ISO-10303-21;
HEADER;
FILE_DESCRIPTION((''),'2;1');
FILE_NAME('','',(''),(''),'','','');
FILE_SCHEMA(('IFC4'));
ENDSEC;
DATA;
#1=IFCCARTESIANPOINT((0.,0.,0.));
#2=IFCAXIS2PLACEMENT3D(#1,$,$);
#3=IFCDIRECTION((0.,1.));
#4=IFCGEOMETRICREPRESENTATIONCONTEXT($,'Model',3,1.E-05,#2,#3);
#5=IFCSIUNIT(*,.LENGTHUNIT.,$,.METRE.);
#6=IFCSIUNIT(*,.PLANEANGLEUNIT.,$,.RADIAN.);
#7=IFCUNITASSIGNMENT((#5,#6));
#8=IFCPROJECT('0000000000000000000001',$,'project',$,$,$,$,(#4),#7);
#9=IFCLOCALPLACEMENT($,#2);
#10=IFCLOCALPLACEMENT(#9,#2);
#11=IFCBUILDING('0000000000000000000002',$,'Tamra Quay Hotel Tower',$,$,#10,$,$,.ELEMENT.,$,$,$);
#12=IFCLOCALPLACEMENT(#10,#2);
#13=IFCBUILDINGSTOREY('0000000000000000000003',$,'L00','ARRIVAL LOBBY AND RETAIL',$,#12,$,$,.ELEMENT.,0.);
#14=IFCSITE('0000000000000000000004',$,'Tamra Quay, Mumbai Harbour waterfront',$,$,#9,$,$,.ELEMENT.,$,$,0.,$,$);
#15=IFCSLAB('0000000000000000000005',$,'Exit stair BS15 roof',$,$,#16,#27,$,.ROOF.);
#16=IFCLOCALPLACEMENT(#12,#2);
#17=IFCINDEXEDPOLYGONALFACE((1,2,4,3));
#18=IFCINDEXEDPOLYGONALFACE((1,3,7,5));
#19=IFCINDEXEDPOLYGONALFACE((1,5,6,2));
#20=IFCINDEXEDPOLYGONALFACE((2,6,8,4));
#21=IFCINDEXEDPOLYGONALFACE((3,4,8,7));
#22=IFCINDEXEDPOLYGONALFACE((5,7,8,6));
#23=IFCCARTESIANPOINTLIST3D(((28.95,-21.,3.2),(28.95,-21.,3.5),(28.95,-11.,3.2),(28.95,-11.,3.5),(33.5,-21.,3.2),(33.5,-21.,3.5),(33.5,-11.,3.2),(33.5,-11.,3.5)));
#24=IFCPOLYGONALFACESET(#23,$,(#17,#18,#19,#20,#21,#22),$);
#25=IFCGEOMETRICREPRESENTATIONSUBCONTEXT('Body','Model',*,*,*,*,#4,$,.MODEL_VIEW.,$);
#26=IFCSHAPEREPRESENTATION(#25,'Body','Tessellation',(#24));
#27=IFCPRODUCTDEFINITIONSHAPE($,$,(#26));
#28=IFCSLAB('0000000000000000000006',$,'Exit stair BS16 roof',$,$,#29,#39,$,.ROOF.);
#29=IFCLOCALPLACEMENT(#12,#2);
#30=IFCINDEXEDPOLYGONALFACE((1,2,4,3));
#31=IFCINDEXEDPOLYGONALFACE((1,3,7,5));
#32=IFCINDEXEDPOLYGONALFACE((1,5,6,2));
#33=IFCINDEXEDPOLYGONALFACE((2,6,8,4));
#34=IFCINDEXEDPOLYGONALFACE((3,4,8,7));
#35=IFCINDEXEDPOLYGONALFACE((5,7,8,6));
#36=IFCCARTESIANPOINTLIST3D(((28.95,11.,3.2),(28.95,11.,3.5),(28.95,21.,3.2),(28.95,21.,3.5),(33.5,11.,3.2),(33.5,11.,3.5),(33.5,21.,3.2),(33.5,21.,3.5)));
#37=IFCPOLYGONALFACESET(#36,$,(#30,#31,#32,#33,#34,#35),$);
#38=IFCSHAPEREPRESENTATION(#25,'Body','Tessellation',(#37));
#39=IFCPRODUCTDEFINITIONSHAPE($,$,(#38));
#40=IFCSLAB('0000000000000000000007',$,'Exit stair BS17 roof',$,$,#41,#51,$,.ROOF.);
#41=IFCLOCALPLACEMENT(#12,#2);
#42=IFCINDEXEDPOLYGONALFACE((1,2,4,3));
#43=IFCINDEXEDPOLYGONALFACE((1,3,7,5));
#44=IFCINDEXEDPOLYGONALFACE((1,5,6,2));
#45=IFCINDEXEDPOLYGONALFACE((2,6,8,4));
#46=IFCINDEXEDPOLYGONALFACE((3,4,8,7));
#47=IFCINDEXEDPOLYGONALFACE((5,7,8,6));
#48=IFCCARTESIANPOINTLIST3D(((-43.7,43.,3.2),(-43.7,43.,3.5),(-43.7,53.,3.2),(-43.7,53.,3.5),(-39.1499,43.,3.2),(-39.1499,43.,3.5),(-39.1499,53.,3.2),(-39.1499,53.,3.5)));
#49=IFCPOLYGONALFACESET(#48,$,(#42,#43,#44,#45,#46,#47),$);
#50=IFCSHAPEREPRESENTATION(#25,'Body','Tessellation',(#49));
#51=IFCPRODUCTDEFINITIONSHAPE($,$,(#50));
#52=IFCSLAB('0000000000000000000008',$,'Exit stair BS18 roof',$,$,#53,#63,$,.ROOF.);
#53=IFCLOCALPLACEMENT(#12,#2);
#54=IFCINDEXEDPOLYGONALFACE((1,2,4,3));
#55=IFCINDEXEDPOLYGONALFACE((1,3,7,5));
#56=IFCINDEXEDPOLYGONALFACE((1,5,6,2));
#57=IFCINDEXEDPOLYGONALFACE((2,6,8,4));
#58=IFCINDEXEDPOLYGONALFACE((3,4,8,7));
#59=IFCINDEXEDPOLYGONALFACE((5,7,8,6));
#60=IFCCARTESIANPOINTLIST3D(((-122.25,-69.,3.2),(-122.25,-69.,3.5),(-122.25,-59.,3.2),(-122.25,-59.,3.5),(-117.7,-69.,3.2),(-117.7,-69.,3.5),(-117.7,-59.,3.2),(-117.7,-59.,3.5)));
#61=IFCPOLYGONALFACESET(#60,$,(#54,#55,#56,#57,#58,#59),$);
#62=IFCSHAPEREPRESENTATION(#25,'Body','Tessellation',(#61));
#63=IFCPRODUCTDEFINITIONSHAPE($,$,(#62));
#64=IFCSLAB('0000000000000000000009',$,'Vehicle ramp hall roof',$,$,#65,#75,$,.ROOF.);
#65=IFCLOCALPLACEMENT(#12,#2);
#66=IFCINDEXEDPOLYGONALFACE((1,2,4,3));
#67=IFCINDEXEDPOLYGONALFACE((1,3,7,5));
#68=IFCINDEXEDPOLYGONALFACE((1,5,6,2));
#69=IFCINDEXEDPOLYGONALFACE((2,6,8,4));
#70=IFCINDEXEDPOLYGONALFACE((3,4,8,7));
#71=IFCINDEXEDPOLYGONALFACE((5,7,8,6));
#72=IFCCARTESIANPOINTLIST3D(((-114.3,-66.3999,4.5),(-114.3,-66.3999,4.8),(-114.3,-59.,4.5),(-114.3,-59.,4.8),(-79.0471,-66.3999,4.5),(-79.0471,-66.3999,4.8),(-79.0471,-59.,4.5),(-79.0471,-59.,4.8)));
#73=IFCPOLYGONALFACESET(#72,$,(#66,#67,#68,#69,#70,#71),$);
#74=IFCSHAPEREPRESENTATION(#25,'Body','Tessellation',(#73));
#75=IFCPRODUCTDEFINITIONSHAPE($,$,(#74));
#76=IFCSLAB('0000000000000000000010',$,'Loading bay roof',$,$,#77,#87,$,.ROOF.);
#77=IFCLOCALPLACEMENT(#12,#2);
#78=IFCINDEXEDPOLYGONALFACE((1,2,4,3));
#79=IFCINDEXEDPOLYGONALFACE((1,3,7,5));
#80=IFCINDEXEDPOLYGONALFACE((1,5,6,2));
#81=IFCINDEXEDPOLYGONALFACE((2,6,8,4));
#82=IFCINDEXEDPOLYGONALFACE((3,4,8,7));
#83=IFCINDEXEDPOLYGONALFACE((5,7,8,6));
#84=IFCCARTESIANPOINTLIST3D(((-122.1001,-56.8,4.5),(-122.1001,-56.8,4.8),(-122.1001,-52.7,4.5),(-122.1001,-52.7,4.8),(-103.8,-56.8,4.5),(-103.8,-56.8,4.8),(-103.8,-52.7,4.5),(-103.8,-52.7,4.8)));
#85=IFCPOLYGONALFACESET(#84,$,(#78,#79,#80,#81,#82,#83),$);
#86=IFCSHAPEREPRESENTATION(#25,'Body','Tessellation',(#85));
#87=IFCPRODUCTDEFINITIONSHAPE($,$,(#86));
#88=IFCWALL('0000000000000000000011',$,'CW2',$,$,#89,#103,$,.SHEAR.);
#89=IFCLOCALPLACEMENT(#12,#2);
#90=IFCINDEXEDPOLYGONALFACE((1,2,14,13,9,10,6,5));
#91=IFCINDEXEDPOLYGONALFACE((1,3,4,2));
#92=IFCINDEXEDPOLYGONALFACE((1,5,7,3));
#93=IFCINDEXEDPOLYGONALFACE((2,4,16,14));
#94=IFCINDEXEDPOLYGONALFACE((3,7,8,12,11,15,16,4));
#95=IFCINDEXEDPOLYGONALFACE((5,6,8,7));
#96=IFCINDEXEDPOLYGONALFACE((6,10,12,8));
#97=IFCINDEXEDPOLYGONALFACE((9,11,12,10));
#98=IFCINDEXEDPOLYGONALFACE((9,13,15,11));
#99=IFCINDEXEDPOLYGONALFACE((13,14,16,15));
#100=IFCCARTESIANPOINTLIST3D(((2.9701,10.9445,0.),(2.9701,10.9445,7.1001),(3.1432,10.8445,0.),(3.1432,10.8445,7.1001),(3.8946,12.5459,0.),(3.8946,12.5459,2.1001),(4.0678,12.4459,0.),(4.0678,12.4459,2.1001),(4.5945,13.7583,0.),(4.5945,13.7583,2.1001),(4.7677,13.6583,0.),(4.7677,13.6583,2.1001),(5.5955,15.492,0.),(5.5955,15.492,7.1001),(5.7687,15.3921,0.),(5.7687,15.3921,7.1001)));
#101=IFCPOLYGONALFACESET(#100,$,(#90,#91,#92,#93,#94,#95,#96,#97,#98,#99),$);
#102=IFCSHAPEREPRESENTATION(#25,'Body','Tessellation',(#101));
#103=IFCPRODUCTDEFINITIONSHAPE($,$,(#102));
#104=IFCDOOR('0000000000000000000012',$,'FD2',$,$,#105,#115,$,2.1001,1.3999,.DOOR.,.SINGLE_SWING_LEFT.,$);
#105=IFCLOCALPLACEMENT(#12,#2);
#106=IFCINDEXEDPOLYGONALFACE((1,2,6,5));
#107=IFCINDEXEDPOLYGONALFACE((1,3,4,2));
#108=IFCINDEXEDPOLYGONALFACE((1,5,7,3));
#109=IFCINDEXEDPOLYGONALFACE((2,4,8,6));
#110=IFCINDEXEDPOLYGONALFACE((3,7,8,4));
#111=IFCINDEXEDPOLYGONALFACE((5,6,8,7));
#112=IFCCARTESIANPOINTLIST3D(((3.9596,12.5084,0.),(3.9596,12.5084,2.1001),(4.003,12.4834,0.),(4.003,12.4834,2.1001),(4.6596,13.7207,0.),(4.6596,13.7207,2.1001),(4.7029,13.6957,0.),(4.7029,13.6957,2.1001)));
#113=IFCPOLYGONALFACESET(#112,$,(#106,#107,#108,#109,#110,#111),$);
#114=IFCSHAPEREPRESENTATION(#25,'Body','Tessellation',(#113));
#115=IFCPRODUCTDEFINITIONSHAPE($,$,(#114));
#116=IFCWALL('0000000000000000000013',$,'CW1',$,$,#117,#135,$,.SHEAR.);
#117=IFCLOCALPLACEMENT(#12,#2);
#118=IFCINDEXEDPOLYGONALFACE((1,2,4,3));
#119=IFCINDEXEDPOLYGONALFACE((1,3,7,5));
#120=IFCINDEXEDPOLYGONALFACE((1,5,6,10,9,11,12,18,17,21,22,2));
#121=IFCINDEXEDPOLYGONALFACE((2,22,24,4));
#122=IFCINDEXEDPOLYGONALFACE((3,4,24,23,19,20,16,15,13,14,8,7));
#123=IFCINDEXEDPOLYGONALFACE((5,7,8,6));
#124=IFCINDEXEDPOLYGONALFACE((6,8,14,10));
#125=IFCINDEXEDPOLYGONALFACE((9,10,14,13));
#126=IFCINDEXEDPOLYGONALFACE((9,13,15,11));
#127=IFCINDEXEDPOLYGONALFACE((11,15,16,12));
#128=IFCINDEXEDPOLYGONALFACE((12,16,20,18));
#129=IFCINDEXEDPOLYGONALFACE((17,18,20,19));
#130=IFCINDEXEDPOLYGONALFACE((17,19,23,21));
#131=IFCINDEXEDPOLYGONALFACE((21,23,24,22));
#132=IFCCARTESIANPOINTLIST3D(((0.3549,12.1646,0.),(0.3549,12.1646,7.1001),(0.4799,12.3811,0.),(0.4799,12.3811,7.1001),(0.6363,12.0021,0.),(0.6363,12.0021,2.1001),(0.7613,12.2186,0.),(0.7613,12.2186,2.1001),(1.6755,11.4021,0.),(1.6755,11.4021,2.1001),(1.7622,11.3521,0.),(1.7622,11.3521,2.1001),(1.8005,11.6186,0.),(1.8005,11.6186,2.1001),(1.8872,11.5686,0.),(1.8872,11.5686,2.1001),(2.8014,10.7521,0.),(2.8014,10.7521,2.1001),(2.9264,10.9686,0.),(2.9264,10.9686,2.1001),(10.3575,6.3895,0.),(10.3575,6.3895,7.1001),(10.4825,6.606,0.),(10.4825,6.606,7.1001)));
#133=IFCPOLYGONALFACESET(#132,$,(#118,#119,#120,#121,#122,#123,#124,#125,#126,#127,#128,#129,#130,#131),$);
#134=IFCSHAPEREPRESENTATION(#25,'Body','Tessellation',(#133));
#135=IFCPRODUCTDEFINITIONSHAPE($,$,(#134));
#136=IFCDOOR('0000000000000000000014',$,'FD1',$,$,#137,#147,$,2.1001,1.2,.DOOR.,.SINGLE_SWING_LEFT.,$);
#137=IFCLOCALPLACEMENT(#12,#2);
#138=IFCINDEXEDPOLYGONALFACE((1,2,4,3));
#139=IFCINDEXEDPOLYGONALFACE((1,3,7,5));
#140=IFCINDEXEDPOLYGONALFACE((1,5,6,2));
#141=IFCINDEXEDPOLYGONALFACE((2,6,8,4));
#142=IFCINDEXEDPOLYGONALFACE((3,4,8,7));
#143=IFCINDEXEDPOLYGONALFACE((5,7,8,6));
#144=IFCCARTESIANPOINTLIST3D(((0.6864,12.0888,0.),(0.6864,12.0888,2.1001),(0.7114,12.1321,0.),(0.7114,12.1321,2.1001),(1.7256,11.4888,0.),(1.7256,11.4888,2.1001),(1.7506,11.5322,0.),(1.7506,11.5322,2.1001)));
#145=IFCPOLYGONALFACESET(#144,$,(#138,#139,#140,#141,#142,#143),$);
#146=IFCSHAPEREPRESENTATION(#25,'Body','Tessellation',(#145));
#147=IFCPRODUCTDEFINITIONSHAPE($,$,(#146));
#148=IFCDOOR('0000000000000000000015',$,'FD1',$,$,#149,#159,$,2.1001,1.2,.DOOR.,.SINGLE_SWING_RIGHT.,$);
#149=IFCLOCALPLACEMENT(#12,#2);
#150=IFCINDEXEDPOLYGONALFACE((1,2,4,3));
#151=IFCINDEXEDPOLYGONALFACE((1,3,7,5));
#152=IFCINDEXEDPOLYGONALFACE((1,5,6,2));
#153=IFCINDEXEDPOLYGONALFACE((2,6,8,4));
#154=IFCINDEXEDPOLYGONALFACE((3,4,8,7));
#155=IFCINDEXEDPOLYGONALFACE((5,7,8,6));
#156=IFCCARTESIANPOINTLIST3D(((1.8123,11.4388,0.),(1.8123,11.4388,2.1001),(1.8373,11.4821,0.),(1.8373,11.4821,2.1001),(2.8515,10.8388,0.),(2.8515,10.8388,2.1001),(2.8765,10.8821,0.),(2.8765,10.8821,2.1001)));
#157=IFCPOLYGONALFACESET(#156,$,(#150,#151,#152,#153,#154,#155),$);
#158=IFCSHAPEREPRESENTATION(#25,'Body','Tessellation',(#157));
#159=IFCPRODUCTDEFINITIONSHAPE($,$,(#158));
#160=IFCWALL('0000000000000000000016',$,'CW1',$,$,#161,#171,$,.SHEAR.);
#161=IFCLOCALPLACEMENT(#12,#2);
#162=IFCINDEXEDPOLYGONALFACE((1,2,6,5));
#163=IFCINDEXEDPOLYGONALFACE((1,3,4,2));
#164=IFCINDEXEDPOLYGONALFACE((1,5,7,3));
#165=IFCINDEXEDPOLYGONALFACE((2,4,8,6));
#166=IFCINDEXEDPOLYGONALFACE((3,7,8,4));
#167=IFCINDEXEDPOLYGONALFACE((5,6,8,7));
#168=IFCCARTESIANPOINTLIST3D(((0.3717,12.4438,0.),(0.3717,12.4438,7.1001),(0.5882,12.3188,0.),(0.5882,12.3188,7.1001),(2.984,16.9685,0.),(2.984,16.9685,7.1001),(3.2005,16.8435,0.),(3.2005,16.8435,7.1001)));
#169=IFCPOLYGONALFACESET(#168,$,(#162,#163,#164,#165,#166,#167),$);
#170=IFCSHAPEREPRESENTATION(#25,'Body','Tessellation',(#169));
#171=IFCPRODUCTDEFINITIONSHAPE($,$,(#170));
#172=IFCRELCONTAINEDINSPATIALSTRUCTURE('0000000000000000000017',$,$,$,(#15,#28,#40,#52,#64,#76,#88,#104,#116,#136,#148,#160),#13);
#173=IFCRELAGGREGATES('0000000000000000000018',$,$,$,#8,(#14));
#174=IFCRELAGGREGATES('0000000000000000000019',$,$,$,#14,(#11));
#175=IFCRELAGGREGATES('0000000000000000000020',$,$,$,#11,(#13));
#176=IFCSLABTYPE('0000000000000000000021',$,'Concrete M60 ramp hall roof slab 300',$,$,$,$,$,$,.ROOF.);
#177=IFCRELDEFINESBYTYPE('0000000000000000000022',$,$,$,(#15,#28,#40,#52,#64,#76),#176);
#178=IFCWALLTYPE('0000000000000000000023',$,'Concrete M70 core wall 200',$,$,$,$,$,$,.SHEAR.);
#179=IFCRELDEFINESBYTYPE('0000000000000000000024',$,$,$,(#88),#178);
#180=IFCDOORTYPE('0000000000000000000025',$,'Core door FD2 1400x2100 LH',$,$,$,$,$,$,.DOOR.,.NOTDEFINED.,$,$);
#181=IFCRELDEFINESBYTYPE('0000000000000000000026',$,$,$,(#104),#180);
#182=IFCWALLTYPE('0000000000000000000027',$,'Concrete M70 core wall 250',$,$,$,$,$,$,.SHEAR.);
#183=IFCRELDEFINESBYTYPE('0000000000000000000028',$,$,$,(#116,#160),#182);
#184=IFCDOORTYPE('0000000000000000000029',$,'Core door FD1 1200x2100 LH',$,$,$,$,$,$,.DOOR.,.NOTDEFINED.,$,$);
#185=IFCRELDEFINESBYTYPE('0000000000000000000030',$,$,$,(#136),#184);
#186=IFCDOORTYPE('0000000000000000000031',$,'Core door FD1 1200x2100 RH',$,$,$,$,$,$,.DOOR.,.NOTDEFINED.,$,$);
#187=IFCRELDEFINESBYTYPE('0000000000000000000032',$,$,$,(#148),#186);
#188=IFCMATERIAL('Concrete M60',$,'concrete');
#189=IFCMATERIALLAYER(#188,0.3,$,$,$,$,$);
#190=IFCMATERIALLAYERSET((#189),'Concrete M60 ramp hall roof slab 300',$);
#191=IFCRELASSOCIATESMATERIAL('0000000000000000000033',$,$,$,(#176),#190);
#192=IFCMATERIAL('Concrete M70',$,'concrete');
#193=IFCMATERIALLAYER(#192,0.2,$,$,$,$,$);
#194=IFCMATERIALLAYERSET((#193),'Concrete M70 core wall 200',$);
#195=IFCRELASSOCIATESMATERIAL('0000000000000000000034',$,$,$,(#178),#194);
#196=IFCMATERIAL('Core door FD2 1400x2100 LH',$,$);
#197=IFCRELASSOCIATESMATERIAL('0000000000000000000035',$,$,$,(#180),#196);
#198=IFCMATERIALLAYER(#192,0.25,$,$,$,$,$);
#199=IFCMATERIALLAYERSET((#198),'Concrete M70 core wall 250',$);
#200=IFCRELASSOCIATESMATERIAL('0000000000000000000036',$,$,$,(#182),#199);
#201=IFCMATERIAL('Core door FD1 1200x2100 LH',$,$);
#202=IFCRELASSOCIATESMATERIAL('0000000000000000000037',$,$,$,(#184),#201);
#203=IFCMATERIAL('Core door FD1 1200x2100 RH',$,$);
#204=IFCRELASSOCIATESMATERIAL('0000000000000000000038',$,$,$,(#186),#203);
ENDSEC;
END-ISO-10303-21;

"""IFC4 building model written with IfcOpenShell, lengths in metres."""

from ifc_helpers import new_model, si_unit, direction, frame, frame_2d, origin, place, context, subcontext, project, spatial, polyline, rectangle, outline, extrude, material, layer, layer_set, type_object, element, fill, save


model = new_model("IFC4")

# Units and contexts
model_context = context("Model", 3, precision=1e-05, world=origin(), true_north=direction((0.0, 1.0)))
body_context = subcontext(model_context, "Body", "Model", "MODEL_VIEW")
ifc_project = project(units=[si_unit("LENGTHUNIT", "METRE"), si_unit("PLANEANGLEUNIT", "RADIAN")], contexts=[model_context])

# Site, building, storey
site_placement = place(None, origin())
site = spatial("IfcSite", under=ifc_project, at=site_placement, Name="Tamra Quay, Mumbai Harbour waterfront", CompositionType="ELEMENT", RefElevation=0.0)
building_placement = place(site_placement, origin())
building = spatial("IfcBuilding", under=site, at=building_placement, Name="Tamra Quay Hotel Tower", CompositionType="ELEMENT")
storey_placement = place(building_placement, origin())
storey = spatial("IfcBuildingStorey", under=building, at=storey_placement, Name="L00", Description="ARRIVAL LOBBY AND RETAIL", CompositionType="ELEMENT", Elevation=0.0)

# Slabs
ifc_material_1 = material(Name="Concrete M60", Category="concrete")
ifc_layer_1 = layer(ifc_material_1, 0.3)
ifc_layer_set_1 = layer_set([ifc_layer_1], Name="Concrete M60 ramp hall roof slab 300")
slab_type = type_object("IfcSlabType", Name="Concrete M60 ramp hall roof slab 300", PredefinedType="ROOF", material=ifc_layer_set_1)
slab_1_placement = place(storey_placement, frame((0.0, 0.0, 3.2)))
element("IfcSlab", 1, at=slab_1_placement, inside=storey, type_object=slab_type, Name="Exit stair BS15 roof", PredefinedType="ROOF", context=body_context, shape_type="SweptSolid", body=[
    extrude(outline(polyline([(33.5, -21.0), (33.5, -11.0), (28.95, -11.0), (28.95, -21.0), (33.5, -21.0)])), origin(), (0.0, 0.0, 1.0), 0.3),
])
slab_2_placement = place(storey_placement, frame((0.0, 0.0, 3.2)))
element("IfcSlab", 2, at=slab_2_placement, inside=storey, type_object=slab_type, Name="Exit stair BS16 roof", PredefinedType="ROOF", context=body_context, shape_type="SweptSolid", body=[
    extrude(outline(polyline([(33.5, 11.0), (33.5, 21.0), (28.95, 21.0), (28.95, 11.0), (33.5, 11.0)])), origin(), (0.0, 0.0, 1.0), 0.3),
])
slab_3_placement = place(storey_placement, frame((0.0, 0.0, 3.2)))
element("IfcSlab", 3, at=slab_3_placement, inside=storey, type_object=slab_type, Name="Exit stair BS17 roof", PredefinedType="ROOF", context=body_context, shape_type="SweptSolid", body=[
    extrude(outline(polyline([(-39.1499, 43.0), (-39.1499, 53.0), (-43.7, 53.0), (-43.7, 43.0), (-39.1499, 43.0)])), origin(), (0.0, 0.0, 1.0), 0.3),
])
slab_4_placement = place(storey_placement, frame((0.0, 0.0, 3.2)))
element("IfcSlab", 4, at=slab_4_placement, inside=storey, type_object=slab_type, Name="Exit stair BS18 roof", PredefinedType="ROOF", context=body_context, shape_type="SweptSolid", body=[
    extrude(outline(polyline([(-117.7, -69.0), (-117.7, -59.0), (-122.25, -59.0), (-122.25, -69.0), (-117.7, -69.0)])), origin(), (0.0, 0.0, 1.0), 0.3),
])
slab_5_placement = place(storey_placement, frame((0.0, 0.0, 4.5)))
element("IfcSlab", 5, at=slab_5_placement, inside=storey, type_object=slab_type, Name="Vehicle ramp hall roof", PredefinedType="ROOF", context=body_context, shape_type="SweptSolid", body=[
    extrude(outline(polyline([(-79.0471, -66.3999), (-79.0471, -59.0), (-114.3, -59.0), (-114.3, -66.3999), (-79.0471, -66.3999)])), origin(), (0.0, 0.0, 1.0), 0.3),
])
slab_6_placement = place(storey_placement, frame((0.0, 0.0, 4.5)))
element("IfcSlab", 6, at=slab_6_placement, inside=storey, type_object=slab_type, Name="Loading bay roof", PredefinedType="ROOF", context=body_context, shape_type="SweptSolid", body=[
    extrude(outline(polyline([(-103.8, -56.8), (-103.8, -52.7), (-122.1001, -52.7), (-122.1001, -56.8), (-103.8, -56.8)])), origin(), (0.0, 0.0, 1.0), 0.3),
])

# Wall, opening, door
ifc_material_2 = material(Name="Concrete M70", Category="concrete")
ifc_layer_2 = layer(ifc_material_2, 0.2)
ifc_layer_set_2 = layer_set([ifc_layer_2], Name="Concrete M70 core wall 200")
wall_type_1 = type_object("IfcWallType", Name="Concrete M70 core wall 200", PredefinedType="SHEAR", material=ifc_layer_set_2)
wall_1_placement = place(storey_placement, frame((3.0566, 10.8945, 0.0), z_axis=(0.0, 0.0, 1.0), x_axis=(0.499989, 0.866032, 0.0)))
wall_1 = element("IfcWall", 7, at=wall_1_placement, inside=storey, type_object=wall_type_1, Name="CW2", PredefinedType="SHEAR", context=body_context, shape_type="SweptSolid", body=[
    extrude(rectangle(XDim=5.251, YDim=0.2, at=frame_2d((2.6255, 0.0))), origin(), (0.0, 0.0, 1.0), 7.1001),
])
opening_1_placement = place(wall_1_placement, frame((1.8491, 0.0, 0.0)))
opening_1 = element("IfcOpeningElement", 8, at=opening_1_placement, cuts=wall_1, PredefinedType="OPENING", context=body_context, shape_type="SweptSolid", body=[
    extrude(rectangle(XDim=1.3999, YDim=2.1001, at=frame_2d((0.7, 1.05))), frame((0.0, 0.1099, 0.0), z_axis=(0.0, -1.0, 0.0), x_axis=(1.0, 0.0, 0.0)), (0.0, 0.0, 1.0), 0.22),
])
ifc_material_3 = material(Name="Core door FD2 1400x2100 LH")
door_type_1 = type_object("IfcDoorType", Name="Core door FD2 1400x2100 LH", OperationType="NOTDEFINED", PredefinedType="DOOR", material=ifc_material_3)
door_1_placement = place(opening_1_placement, origin())
door_1 = element("IfcDoor", 9, at=door_1_placement, inside=storey, type_object=door_type_1, Name="FD2", OperationType="SINGLE_SWING_LEFT", OverallHeight=2.1001, OverallWidth=1.3999, PredefinedType="DOOR", context=body_context, shape_type="SweptSolid", body=[
    extrude(rectangle(XDim=1.3999, YDim=2.1001, at=frame_2d((0.7, 1.05))), frame((0.0, 0.0249, 0.0), z_axis=(0.0, -1.0, 0.0), x_axis=(1.0, 0.0, 0.0)), (0.0, 0.0, 1.0), 0.05),
])
fill(opening_1, door_1)

# Wall, openings, doors
ifc_layer_3 = layer(ifc_material_2, 0.25)
ifc_layer_set_3 = layer_set([ifc_layer_3], Name="Concrete M70 core wall 250")
wall_type_2 = type_object("IfcWallType", Name="Concrete M70 core wall 250", PredefinedType="SHEAR", material=ifc_layer_set_3)
wall_2_placement = place(storey_placement, frame((10.4199, 6.4978, 0.0), z_axis=(0.0, 0.0, 1.0), x_axis=(-0.866022, 0.500006, 0.0)))
wall_2 = element("IfcWall", 10, at=wall_2_placement, inside=storey, type_object=wall_type_2, Name="CW1", PredefinedType="SHEAR", context=body_context, shape_type="SweptSolid", body=[
    extrude(rectangle(XDim=11.55, YDim=0.25, at=frame_2d((5.7749, 0.0))), origin(), (0.0, 0.0, 1.0), 7.1001),
])
opening_2_placement = place(wall_2_placement, frame((10.0249, 0.0, 0.0)))
opening_2 = element("IfcOpeningElement", 11, at=opening_2_placement, cuts=wall_2, PredefinedType="OPENING", context=body_context, shape_type="SweptSolid", body=[
    extrude(rectangle(XDim=1.2, YDim=2.1001, at=frame_2d((0.6001, 1.05))), frame((0.0, 0.135, 0.0), z_axis=(0.0, -1.0, 0.0), x_axis=(1.0, 0.0, 0.0)), (0.0, 0.0, 1.0), 0.27),
])
opening_3_placement = place(wall_2_placement, frame((8.7249, 0.0, 0.0)))
opening_3 = element("IfcOpeningElement", 12, at=opening_3_placement, cuts=wall_2, PredefinedType="OPENING", context=body_context, shape_type="SweptSolid", body=[
    extrude(rectangle(XDim=1.2, YDim=2.1001, at=frame_2d((0.6001, 1.05))), frame((0.0, 0.135, 0.0), z_axis=(0.0, -1.0, 0.0), x_axis=(1.0, 0.0, 0.0)), (0.0, 0.0, 1.0), 0.27),
])
ifc_material_4 = material(Name="Core door FD1 1200x2100 LH")
door_type_2 = type_object("IfcDoorType", Name="Core door FD1 1200x2100 LH", OperationType="NOTDEFINED", PredefinedType="DOOR", material=ifc_material_4)
door_2_placement = place(opening_2_placement, origin())
door_2 = element("IfcDoor", 13, at=door_2_placement, inside=storey, type_object=door_type_2, Name="FD1", OperationType="SINGLE_SWING_LEFT", OverallHeight=2.1001, OverallWidth=1.2, PredefinedType="DOOR", context=body_context, shape_type="SweptSolid", body=[
    extrude(rectangle(XDim=1.2, YDim=2.1001, at=frame_2d((0.6001, 1.05))), frame((0.0, 0.0249, 0.0), z_axis=(0.0, -1.0, 0.0), x_axis=(1.0, 0.0, 0.0)), (0.0, 0.0, 1.0), 0.05),
])
fill(opening_2, door_2)
ifc_material_5 = material(Name="Core door FD1 1200x2100 RH")
door_type_3 = type_object("IfcDoorType", Name="Core door FD1 1200x2100 RH", OperationType="NOTDEFINED", PredefinedType="DOOR", material=ifc_material_5)
door_3_placement = place(opening_3_placement, origin())
door_3 = element("IfcDoor", 14, at=door_3_placement, inside=storey, type_object=door_type_3, Name="FD1", OperationType="SINGLE_SWING_RIGHT", OverallHeight=2.1001, OverallWidth=1.2, PredefinedType="DOOR", context=body_context, shape_type="SweptSolid", body=[
    extrude(rectangle(XDim=1.2, YDim=2.1001, at=frame_2d((0.6001, 1.05))), frame((0.0, 0.0249, 0.0), z_axis=(0.0, -1.0, 0.0), x_axis=(1.0, 0.0, 0.0)), (0.0, 0.0, 1.0), 0.05),
])
fill(opening_3, door_3)

# Wall
wall_3_placement = place(storey_placement, frame((0.48, 12.3813, 0.0), z_axis=(0.0, 0.0, 1.0), x_axis=(0.499999, 0.866026, 0.0)))
element("IfcWall", 15, at=wall_3_placement, inside=storey, type_object=wall_type_2, Name="CW1", PredefinedType="SHEAR", context=body_context, shape_type="SweptSolid", body=[
    extrude(rectangle(XDim=5.2246, YDim=0.25, at=frame_2d((2.6123, 0.0))), origin(), (0.0, 0.0, 1.0), 7.1001),
])

save(model, "model.ifc")
